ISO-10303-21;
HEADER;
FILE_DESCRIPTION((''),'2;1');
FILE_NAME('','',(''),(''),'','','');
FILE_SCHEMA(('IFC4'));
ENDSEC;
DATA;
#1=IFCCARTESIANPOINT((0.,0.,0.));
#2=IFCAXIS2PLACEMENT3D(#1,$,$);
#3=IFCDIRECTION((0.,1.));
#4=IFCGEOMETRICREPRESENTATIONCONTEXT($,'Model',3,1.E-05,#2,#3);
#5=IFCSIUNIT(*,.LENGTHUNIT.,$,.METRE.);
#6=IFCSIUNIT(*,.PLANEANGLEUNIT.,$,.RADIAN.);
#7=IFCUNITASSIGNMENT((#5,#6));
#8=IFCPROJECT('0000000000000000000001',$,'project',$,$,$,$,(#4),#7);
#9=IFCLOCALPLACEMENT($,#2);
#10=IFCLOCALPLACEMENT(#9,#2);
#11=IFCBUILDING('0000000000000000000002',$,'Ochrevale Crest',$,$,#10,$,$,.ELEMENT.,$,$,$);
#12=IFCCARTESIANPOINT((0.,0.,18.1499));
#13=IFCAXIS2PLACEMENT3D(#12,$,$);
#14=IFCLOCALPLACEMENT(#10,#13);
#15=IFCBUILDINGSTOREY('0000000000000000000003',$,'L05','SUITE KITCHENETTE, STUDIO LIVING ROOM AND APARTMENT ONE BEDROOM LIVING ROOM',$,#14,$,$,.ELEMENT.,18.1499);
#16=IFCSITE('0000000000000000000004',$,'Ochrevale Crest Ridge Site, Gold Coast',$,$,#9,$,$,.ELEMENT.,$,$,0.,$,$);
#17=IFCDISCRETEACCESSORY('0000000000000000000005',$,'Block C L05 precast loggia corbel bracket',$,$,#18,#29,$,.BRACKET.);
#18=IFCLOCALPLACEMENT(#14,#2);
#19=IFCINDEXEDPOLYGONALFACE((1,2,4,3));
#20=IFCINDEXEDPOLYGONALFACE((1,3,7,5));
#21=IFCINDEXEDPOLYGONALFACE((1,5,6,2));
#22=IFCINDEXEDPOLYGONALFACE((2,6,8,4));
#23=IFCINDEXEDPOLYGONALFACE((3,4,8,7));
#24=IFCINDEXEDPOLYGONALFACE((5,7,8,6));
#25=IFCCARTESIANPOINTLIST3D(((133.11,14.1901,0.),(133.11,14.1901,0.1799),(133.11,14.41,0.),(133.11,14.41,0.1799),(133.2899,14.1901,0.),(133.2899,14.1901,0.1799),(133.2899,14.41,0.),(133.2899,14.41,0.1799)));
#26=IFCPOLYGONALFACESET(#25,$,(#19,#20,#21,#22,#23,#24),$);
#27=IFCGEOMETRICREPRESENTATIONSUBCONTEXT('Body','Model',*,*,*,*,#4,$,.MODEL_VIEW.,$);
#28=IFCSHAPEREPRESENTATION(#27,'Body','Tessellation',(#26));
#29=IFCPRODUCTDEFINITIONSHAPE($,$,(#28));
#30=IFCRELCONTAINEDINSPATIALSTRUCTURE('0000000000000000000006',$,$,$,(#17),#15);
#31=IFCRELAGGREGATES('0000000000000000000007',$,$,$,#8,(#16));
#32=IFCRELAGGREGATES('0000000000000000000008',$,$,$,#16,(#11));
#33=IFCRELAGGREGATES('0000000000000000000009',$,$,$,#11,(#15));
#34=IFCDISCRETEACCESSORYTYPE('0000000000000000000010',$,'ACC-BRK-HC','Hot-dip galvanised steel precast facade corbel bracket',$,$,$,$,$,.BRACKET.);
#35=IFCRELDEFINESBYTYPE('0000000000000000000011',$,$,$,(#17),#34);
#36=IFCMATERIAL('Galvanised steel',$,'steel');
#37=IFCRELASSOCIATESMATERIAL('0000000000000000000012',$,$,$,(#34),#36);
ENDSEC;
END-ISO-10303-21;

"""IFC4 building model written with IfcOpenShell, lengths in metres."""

from ifc_helpers import new_model, si_unit, direction, frame, origin, origin_2d, place, context, subcontext, project, spatial, rectangle, extrude, material, type_object, element, save


model = new_model("IFC4")

# Units and contexts
model_context = context("Model", 3, precision=1e-05, world=origin(), true_north=direction((0.0, 1.0)))
body_context = subcontext(model_context, "Body", "Model", "MODEL_VIEW")
ifc_project = project(units=[si_unit("LENGTHUNIT", "METRE"), si_unit("PLANEANGLEUNIT", "RADIAN")], contexts=[model_context])

# Site, building, storey
site_placement = place(None, origin())
site = spatial("IfcSite", under=ifc_project, at=site_placement, Name="Ochrevale Crest Ridge Site, Gold Coast", CompositionType="ELEMENT", RefElevation=0.0)
building_placement = place(site_placement, origin())
building = spatial("IfcBuilding", under=site, at=building_placement, Name="Ochrevale Crest", CompositionType="ELEMENT")
storey_placement = place(building_placement, frame((0.0, 0.0, 18.1499)))
storey = spatial("IfcBuildingStorey", under=building, at=storey_placement, Name="L05", Description="SUITE KITCHENETTE, STUDIO LIVING ROOM AND APARTMENT ONE BEDROOM LIVING ROOM", CompositionType="ELEMENT", Elevation=18.1499)

# Shared definitions
ifc_material_1 = material(Name="Galvanised steel", Category="steel")

# Discrete accessory
discrete_accessory_type = type_object("IfcDiscreteAccessoryType", Name="ACC-BRK-HC", Description="Hot-dip galvanised steel precast facade corbel bracket", PredefinedType="BRACKET", material=ifc_material_1)
discrete_accessory_placement = place(storey_placement, frame((133.2, 14.3, 0.0), z_axis=(0.0, 0.0, 1.0), x_axis=(1.0, 0.0, 0.0)))
element("IfcDiscreteAccessory", 1, at=discrete_accessory_placement, inside=storey, type_object=discrete_accessory_type, Name="Block C L05 precast loggia corbel bracket", PredefinedType="BRACKET", context=body_context, shape_type="SweptSolid", body=[
    extrude(rectangle(XDim=0.1799, YDim=0.22, at=origin_2d()), origin(), (0.0, 0.0, 1.0), 0.1799),
])

save(model, "model.ifc")
